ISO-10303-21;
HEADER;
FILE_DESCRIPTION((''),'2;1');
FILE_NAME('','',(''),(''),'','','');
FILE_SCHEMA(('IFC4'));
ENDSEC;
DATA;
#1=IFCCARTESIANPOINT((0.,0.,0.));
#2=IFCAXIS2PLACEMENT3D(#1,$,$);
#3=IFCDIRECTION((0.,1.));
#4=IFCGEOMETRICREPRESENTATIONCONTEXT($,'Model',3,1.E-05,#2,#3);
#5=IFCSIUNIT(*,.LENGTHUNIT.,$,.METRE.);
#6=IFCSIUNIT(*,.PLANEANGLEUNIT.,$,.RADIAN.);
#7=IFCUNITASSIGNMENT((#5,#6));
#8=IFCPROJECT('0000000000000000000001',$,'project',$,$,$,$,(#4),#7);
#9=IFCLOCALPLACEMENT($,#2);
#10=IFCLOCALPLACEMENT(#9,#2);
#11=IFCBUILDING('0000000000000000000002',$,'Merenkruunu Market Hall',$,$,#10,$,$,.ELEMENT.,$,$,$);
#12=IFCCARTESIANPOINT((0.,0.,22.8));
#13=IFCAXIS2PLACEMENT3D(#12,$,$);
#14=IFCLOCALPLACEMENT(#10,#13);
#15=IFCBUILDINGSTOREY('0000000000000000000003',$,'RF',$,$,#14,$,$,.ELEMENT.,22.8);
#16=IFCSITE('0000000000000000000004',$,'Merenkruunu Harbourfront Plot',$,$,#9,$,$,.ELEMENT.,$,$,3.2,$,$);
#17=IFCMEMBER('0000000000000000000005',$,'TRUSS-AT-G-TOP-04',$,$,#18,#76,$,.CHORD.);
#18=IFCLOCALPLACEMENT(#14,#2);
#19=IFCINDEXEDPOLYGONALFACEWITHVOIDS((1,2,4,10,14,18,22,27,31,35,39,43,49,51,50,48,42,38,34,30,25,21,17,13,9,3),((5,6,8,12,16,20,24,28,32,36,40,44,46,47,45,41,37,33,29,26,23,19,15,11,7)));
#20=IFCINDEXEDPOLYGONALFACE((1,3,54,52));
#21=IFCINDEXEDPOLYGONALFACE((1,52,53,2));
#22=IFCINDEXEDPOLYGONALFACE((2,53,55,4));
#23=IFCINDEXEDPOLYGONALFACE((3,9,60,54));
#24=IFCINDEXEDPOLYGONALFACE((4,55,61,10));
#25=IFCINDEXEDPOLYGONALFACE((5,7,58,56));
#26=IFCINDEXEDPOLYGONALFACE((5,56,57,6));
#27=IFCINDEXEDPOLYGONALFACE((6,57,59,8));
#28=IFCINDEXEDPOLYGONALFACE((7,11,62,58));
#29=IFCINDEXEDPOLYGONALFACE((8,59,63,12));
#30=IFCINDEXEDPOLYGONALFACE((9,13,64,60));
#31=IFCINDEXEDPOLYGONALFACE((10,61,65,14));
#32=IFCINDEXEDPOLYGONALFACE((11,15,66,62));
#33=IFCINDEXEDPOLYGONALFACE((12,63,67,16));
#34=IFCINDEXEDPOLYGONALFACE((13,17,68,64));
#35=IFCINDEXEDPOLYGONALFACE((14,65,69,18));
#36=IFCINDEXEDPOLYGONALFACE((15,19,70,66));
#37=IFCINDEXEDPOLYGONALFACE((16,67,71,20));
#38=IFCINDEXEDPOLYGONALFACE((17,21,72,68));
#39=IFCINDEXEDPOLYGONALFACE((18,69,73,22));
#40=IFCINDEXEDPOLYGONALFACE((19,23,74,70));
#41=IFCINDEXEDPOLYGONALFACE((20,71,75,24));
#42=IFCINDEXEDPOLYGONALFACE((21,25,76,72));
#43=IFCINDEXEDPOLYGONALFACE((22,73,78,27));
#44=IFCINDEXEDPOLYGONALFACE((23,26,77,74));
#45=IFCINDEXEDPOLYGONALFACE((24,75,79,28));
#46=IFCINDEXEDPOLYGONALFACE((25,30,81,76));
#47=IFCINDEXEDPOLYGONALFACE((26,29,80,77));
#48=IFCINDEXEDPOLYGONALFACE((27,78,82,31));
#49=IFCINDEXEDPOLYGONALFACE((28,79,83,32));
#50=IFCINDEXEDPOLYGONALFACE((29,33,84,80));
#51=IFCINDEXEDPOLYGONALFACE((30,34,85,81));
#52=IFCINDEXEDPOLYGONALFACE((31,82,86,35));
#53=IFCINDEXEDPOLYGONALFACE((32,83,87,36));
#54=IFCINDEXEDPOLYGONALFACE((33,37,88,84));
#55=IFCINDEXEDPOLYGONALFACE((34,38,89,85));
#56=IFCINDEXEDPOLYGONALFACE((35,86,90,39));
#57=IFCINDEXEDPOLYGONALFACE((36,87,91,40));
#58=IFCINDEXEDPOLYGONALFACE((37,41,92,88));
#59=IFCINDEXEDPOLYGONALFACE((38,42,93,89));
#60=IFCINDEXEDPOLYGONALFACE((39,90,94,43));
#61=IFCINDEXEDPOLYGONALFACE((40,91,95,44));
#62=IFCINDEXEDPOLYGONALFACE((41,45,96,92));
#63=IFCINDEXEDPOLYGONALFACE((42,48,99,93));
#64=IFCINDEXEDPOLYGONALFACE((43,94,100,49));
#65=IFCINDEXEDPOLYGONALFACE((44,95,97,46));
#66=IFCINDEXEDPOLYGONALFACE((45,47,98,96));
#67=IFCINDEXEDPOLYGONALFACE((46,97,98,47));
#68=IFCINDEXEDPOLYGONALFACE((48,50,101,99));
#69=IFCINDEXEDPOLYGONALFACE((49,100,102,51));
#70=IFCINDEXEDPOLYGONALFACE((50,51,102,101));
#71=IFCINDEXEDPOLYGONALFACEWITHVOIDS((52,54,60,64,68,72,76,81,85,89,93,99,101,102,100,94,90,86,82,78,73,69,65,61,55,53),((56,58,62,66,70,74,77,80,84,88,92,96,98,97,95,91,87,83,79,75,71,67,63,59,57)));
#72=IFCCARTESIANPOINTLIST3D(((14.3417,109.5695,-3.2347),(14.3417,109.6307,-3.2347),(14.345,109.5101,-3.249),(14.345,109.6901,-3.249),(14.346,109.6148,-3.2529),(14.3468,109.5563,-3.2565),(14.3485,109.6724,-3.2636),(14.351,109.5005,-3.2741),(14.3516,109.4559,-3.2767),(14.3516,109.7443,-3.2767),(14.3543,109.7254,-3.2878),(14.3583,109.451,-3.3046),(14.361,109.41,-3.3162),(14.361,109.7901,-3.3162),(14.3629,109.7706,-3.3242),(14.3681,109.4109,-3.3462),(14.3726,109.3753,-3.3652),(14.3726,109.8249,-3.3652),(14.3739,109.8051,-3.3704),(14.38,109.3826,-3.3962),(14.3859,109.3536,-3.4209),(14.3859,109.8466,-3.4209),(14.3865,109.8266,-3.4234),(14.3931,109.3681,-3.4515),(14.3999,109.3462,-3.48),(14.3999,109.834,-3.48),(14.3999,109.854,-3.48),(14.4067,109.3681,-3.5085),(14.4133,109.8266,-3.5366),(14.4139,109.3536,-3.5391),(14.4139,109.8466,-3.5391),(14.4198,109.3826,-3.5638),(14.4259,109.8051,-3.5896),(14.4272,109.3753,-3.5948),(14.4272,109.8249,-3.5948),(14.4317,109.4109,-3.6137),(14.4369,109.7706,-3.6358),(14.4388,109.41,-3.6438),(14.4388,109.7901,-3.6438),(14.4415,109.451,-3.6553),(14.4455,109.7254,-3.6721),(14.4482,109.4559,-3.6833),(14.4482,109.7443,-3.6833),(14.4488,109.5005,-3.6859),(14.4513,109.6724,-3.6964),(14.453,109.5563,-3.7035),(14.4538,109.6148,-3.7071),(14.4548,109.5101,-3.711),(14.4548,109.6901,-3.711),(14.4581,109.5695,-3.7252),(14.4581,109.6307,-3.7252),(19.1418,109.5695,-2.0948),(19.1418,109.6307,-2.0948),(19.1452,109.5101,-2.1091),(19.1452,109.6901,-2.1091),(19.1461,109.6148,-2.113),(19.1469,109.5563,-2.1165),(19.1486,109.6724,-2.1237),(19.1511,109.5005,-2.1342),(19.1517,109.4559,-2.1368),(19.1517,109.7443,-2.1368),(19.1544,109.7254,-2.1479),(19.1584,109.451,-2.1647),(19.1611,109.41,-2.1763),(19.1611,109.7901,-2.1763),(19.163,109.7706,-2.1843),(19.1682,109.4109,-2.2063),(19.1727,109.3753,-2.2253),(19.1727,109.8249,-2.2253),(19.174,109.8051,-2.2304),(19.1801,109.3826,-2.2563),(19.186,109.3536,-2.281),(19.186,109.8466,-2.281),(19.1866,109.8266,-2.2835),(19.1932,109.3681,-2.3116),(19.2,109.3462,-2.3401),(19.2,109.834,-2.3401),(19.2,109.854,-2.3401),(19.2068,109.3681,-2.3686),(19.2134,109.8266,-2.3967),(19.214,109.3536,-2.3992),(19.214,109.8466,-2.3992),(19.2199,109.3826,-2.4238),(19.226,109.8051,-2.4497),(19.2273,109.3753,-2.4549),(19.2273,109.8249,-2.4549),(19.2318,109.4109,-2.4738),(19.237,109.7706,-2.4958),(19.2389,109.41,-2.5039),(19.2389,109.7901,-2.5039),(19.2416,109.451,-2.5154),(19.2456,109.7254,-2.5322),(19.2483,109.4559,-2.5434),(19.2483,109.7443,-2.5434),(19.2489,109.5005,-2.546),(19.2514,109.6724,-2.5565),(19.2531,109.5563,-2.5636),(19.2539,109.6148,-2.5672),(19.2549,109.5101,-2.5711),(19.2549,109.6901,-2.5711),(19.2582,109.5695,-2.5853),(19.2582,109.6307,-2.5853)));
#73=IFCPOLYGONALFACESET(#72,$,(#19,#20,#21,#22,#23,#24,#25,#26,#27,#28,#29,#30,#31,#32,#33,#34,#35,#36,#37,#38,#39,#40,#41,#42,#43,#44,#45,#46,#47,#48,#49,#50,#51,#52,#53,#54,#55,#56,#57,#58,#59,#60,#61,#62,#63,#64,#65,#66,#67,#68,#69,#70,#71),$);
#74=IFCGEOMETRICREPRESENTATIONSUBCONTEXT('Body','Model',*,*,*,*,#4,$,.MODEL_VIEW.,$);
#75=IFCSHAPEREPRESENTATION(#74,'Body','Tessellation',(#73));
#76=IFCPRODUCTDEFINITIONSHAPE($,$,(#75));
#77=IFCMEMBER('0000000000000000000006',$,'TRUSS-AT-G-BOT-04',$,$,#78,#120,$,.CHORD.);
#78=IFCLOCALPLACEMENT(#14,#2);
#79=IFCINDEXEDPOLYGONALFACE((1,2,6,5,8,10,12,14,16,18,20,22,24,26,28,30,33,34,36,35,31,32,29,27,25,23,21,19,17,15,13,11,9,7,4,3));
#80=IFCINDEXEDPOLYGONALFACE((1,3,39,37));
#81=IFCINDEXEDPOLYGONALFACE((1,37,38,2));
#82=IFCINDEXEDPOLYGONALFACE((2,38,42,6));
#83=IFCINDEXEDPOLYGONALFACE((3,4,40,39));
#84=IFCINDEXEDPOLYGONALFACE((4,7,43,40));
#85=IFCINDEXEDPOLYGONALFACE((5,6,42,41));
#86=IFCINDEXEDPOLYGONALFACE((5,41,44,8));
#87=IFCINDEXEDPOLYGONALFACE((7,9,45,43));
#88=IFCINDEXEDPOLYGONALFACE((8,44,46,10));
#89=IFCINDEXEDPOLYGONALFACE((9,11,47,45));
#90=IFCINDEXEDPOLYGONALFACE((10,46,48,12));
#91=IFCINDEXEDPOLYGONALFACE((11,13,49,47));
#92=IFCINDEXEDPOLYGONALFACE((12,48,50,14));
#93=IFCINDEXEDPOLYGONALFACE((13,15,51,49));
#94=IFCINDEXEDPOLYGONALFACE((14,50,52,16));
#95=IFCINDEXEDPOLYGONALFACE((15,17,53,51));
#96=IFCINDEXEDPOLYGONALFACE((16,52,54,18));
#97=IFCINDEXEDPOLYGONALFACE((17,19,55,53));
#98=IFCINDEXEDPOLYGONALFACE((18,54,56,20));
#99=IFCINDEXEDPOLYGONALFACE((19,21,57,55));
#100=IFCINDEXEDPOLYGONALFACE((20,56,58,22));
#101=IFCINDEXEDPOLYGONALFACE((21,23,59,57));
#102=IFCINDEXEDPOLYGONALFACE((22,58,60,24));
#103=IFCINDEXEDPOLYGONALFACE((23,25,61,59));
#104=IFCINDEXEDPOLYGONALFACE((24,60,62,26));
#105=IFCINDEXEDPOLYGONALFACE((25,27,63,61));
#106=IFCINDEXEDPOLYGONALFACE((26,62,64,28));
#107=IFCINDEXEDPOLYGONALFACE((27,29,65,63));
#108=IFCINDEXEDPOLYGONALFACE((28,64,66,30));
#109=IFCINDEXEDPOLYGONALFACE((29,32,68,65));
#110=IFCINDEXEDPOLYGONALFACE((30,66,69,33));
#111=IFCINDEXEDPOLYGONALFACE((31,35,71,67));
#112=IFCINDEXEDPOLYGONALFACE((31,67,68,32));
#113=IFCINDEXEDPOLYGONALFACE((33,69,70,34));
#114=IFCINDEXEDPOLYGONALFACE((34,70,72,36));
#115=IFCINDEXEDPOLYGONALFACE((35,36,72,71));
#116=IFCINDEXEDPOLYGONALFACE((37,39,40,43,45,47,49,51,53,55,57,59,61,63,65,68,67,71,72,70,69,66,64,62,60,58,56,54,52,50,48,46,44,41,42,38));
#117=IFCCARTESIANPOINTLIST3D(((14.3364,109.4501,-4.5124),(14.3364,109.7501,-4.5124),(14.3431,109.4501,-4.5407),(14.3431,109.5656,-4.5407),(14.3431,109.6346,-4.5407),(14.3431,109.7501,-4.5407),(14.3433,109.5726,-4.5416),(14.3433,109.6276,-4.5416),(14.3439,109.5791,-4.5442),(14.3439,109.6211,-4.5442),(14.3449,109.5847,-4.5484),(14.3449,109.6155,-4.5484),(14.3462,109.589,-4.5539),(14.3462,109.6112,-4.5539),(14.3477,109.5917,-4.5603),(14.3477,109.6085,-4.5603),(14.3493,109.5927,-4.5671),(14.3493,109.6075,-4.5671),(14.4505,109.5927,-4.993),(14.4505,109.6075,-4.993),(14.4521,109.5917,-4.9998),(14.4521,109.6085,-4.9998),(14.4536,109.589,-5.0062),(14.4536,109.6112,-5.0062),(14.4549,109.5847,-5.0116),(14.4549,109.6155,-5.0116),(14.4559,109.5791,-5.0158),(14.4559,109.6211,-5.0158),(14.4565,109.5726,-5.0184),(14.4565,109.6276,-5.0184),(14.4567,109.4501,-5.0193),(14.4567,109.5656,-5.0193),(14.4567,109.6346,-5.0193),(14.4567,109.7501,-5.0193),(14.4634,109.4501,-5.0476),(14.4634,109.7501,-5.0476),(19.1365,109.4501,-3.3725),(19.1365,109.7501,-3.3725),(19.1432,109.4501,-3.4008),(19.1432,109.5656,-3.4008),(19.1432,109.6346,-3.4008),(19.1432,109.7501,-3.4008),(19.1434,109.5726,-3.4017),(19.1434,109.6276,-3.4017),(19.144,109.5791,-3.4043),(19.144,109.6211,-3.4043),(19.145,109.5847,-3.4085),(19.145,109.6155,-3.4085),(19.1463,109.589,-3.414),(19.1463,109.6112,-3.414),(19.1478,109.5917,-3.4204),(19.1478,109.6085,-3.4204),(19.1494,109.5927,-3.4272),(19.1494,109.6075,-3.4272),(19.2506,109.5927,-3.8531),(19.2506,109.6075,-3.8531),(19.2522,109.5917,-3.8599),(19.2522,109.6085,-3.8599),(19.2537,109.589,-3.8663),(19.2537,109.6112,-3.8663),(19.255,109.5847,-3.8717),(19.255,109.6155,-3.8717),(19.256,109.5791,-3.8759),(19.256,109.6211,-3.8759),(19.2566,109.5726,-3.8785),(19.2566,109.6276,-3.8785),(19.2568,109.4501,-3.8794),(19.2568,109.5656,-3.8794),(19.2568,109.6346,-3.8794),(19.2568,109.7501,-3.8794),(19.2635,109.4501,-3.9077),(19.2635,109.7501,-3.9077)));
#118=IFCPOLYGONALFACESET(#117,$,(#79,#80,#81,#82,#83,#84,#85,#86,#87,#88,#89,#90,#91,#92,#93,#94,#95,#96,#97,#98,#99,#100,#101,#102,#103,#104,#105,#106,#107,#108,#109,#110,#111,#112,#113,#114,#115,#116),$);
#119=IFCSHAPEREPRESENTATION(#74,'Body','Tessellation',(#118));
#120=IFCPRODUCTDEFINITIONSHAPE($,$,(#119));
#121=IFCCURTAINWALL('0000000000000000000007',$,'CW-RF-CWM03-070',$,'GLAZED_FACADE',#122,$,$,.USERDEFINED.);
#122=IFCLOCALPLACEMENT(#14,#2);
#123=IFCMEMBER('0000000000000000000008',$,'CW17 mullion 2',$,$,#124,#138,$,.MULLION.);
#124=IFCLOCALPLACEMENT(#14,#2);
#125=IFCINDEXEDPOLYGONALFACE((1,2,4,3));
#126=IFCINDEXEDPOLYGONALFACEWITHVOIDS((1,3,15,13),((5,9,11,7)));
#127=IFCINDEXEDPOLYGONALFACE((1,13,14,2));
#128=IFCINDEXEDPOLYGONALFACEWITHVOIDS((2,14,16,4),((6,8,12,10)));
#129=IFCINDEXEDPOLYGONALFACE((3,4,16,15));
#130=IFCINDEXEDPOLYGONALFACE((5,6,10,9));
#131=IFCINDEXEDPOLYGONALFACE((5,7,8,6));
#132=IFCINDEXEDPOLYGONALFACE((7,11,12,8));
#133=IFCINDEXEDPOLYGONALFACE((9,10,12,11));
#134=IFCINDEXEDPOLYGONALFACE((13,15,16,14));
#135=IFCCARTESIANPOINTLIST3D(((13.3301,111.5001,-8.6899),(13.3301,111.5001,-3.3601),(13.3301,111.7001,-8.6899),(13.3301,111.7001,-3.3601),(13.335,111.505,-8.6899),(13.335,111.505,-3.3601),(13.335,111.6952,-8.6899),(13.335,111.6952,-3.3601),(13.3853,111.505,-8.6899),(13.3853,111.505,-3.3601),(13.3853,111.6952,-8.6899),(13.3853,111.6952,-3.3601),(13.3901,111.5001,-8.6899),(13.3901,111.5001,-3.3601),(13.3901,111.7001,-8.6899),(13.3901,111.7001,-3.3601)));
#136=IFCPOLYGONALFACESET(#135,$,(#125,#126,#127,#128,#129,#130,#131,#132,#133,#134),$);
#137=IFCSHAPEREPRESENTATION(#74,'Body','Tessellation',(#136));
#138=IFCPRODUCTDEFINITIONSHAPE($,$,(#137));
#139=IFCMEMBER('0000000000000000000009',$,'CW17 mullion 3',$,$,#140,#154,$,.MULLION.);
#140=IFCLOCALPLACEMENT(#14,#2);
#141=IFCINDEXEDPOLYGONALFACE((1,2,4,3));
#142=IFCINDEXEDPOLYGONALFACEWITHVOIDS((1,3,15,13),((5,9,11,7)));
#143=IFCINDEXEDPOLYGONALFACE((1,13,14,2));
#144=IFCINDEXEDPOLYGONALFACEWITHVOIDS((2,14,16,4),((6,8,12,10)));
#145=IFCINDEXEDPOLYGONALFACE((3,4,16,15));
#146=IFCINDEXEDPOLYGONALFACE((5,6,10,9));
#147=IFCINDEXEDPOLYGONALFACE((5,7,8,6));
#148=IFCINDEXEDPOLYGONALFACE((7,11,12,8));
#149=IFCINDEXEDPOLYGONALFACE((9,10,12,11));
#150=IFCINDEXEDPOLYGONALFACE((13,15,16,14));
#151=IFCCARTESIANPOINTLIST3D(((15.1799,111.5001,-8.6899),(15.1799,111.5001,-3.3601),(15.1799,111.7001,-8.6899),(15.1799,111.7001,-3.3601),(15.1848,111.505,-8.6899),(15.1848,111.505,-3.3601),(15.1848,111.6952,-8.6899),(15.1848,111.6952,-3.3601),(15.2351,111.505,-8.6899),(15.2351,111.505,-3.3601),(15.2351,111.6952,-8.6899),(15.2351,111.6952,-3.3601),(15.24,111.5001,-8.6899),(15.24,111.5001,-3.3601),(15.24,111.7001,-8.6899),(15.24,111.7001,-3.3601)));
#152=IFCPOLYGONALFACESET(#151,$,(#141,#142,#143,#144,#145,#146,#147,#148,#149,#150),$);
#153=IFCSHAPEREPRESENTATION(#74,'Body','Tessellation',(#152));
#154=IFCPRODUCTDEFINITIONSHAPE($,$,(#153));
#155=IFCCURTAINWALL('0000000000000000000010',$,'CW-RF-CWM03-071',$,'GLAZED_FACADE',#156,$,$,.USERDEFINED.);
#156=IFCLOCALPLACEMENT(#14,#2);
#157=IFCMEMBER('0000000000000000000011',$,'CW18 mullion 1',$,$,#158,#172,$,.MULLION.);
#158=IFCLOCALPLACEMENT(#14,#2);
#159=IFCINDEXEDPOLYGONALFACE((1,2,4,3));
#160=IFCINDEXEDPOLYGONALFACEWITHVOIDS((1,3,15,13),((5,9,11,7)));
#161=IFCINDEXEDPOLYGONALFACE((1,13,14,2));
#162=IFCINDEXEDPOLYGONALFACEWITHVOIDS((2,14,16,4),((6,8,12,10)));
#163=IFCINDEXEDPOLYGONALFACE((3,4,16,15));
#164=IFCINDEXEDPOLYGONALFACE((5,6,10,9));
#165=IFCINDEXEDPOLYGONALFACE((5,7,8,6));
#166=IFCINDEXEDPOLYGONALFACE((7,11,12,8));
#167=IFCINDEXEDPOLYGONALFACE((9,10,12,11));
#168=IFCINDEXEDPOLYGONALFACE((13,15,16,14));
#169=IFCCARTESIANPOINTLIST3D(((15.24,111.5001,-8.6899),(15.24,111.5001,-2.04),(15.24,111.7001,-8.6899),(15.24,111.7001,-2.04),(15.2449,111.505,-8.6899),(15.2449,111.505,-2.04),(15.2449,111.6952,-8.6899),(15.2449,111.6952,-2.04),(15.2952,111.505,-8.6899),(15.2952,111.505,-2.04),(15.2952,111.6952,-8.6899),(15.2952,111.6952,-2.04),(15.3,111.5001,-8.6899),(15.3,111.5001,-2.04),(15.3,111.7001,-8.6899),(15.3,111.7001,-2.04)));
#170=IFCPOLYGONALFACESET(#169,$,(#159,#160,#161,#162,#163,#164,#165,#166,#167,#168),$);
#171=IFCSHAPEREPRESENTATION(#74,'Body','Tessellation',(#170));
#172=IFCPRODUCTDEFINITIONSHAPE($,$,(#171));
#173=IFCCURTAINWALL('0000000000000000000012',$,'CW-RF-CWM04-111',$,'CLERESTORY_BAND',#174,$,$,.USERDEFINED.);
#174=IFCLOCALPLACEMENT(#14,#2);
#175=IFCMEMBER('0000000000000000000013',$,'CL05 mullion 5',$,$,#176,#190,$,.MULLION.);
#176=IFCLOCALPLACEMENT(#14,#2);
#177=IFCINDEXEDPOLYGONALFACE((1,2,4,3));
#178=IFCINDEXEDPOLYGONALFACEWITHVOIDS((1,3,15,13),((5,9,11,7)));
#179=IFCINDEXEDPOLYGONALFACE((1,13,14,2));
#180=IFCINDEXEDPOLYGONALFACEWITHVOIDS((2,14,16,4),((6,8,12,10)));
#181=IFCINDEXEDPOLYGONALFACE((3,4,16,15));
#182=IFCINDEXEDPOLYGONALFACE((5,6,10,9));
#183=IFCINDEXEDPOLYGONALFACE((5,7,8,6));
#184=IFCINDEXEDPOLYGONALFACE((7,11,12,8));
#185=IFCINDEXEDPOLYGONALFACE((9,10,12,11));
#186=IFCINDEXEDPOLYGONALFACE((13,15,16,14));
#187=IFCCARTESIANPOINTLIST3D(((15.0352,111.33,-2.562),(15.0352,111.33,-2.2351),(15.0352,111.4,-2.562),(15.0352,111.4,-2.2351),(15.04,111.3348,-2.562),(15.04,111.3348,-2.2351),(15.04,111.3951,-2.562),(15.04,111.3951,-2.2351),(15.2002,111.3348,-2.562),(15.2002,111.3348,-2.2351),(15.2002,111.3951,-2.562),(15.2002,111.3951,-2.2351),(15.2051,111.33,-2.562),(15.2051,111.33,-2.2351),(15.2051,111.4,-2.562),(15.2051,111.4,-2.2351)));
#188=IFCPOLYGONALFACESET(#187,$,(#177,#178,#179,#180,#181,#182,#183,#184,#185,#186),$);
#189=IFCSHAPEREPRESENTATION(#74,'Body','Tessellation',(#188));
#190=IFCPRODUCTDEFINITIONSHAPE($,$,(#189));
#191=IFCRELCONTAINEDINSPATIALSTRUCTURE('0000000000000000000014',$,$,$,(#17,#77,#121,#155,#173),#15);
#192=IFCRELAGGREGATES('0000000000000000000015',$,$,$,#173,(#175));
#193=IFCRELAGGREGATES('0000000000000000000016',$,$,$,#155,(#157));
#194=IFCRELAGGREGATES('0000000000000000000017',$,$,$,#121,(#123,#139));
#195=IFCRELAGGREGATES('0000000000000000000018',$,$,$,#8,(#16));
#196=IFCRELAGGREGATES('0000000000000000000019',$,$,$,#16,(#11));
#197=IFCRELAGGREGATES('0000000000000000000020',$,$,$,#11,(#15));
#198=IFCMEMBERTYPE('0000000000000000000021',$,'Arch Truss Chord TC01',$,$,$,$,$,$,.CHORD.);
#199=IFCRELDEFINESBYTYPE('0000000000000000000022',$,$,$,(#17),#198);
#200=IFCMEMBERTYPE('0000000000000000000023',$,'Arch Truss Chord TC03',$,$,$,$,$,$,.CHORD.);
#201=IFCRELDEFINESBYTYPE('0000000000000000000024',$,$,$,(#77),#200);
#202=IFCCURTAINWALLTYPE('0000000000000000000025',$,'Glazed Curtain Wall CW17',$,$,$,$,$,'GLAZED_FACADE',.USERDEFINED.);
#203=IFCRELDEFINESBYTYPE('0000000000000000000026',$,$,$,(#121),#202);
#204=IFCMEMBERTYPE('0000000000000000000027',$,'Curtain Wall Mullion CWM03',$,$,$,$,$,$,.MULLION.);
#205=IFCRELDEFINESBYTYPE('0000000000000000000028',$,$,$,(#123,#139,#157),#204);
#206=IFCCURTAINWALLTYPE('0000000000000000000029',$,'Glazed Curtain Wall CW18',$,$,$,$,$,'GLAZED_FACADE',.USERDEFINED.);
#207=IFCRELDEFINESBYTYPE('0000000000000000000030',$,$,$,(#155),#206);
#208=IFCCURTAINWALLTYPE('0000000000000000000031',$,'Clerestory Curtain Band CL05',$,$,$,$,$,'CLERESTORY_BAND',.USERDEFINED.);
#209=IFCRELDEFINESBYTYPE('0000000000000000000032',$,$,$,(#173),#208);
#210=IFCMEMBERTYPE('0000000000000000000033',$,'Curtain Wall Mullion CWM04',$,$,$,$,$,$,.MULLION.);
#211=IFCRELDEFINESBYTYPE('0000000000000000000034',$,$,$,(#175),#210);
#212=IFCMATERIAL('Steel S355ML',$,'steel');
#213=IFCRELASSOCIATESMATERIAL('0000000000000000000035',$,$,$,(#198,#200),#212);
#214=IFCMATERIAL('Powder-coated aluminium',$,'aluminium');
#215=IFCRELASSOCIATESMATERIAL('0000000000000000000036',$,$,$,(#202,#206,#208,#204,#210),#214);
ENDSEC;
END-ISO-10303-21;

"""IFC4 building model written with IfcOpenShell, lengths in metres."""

from ifc_helpers import new_model, si_unit, direction, frame, origin, origin_2d, place, context, subcontext, project, spatial, hollow_rectangle, hollow_circle, i_section, extrude, material, material_profile, profile_set, type_object, element, aggregate, save


model = new_model("IFC4")

# Units and contexts
model_context = context("Model", 3, precision=1e-05, world=origin(), true_north=direction((0.0, 1.0)))
body_context = subcontext(model_context, "Body", "Model", "MODEL_VIEW")
ifc_project = project(units=[si_unit("LENGTHUNIT", "METRE"), si_unit("PLANEANGLEUNIT", "RADIAN")], contexts=[model_context])

# Site, building, storey
site_placement = place(None, origin())
site = spatial("IfcSite", under=ifc_project, at=site_placement, Name="Merenkruunu Harbourfront Plot", CompositionType="ELEMENT", RefElevation=3.2)
building_placement = place(site_placement, origin())
building = spatial("IfcBuilding", under=site, at=building_placement, Name="Merenkruunu Market Hall", CompositionType="ELEMENT")
storey_placement = place(building_placement, frame((0.0, 0.0, 22.8)))
storey = spatial("IfcBuildingStorey", under=building, at=storey_placement, Name="RF", CompositionType="ELEMENT", Elevation=22.8)

# Members
ifc_material_1 = material(Name="Steel S355ML", Category="steel")
ifc_material_profile_1 = material_profile(ifc_material_1, hollow_circle(Radius=0.2539, WallThickness=0.02, at=origin_2d()), Name="CHS 508x20")
ifc_profile_set_1 = profile_set([ifc_material_profile_1], Name="Steel S355ML")
member_type_1 = type_object("IfcMemberType", Name="Arch Truss Chord TC01", PredefinedType="CHORD", material=ifc_profile_set_1)
member_1_placement = place(storey_placement, frame((14.3999, 109.6001, -3.48), z_axis=(0.972942, 0.0, 0.23105), x_axis=(0.0, 1.0, 0.0)))
element("IfcMember", 1, at=member_1_placement, inside=storey, type_object=member_type_1, Name="TRUSS-AT-G-TOP-04", PredefinedType="CHORD", context=body_context, shape_type="SweptSolid", body=[
    extrude(hollow_circle(Radius=0.2539, WallThickness=0.02, at=origin_2d()), origin(), (0.0, 0.0, 1.0), 4.9336),
])
ifc_material_profile_2 = material_profile(ifc_material_1, i_section(OverallWidth=0.3, OverallDepth=0.55, WebThickness=0.0149, FlangeThickness=0.0291, FilletRadius=0.0271, at=origin_2d()), Name="HEB 550")
ifc_profile_set_2 = profile_set([ifc_material_profile_2], Name="Steel S355ML")
member_type_2 = type_object("IfcMemberType", Name="Arch Truss Chord TC03", PredefinedType="CHORD", material=ifc_profile_set_2)
member_2_placement = place(storey_placement, frame((14.3999, 109.6001, -4.78), z_axis=(0.972942, 0.0, 0.23105), x_axis=(0.0, 1.0, 0.0)))
element("IfcMember", 2, at=member_2_placement, inside=storey, type_object=member_type_2, Name="TRUSS-AT-G-BOT-04", PredefinedType="CHORD", context=body_context, shape_type="SweptSolid", body=[
    extrude(i_section(OverallWidth=0.3, OverallDepth=0.55, WebThickness=0.0149, FlangeThickness=0.0291, FilletRadius=0.0271, at=origin_2d()), origin(), (0.0, 0.0, 1.0), 4.9336),
])

# Curtain wall, members
ifc_material_2 = material(Name="Powder-coated aluminium", Category="aluminium")
curtain_wall_type_1 = type_object("IfcCurtainWallType", Name="Glazed Curtain Wall CW17", ElementType="GLAZED_FACADE", PredefinedType="USERDEFINED", material=ifc_material_2)
curtain_wall_1_placement = place(storey_placement, origin())
curtain_wall_1 = element("IfcCurtainWall", 3, at=curtain_wall_1_placement, inside=storey, type_object=curtain_wall_type_1, Name="CW-RF-CWM03-070", ObjectType="GLAZED_FACADE", PredefinedType="USERDEFINED")
ifc_material_profile_3 = material_profile(ifc_material_2, hollow_rectangle(XDim=0.0601, YDim=0.2, WallThickness=0.0049, at=origin_2d()), Name="ALU 60x200x5")
ifc_profile_set_3 = profile_set([ifc_material_profile_3], Name="Powder-coated aluminium")
member_type_3 = type_object("IfcMemberType", Name="Curtain Wall Mullion CWM03", PredefinedType="MULLION", material=ifc_profile_set_3)
member_3_placement = place(storey_placement, frame((13.3601, 111.6001, -8.6899), z_axis=(0.0, 0.0, 1.0), x_axis=(1.0, 0.0, 0.0)))
member_3 = element("IfcMember", 4, at=member_3_placement, type_object=member_type_3, Name="CW17 mullion 2", PredefinedType="MULLION", context=body_context, shape_type="SweptSolid", body=[
    extrude(hollow_rectangle(XDim=0.0601, YDim=0.2, WallThickness=0.0049, at=origin_2d()), origin(), (0.0, 0.0, 1.0), 5.3298),
])
member_4_placement = place(storey_placement, frame((15.21, 111.6001, -8.6899), z_axis=(0.0, 0.0, 1.0), x_axis=(1.0, 0.0, 0.0)))
member_4 = element("IfcMember", 5, at=member_4_placement, type_object=member_type_3, Name="CW17 mullion 3", PredefinedType="MULLION", context=body_context, shape_type="SweptSolid", body=[
    extrude(hollow_rectangle(XDim=0.0601, YDim=0.2, WallThickness=0.0049, at=origin_2d()), origin(), (0.0, 0.0, 1.0), 5.3298),
])

# Curtain walls, members
curtain_wall_type_2 = type_object("IfcCurtainWallType", Name="Glazed Curtain Wall CW18", ElementType="GLAZED_FACADE", PredefinedType="USERDEFINED", material=ifc_material_2)
curtain_wall_2_placement = place(storey_placement, origin())
curtain_wall_2 = element("IfcCurtainWall", 6, at=curtain_wall_2_placement, inside=storey, type_object=curtain_wall_type_2, Name="CW-RF-CWM03-071", ObjectType="GLAZED_FACADE", PredefinedType="USERDEFINED")
member_5_placement = place(storey_placement, frame((15.27, 111.6001, -8.6899), z_axis=(0.0, 0.0, 1.0), x_axis=(1.0, 0.0, 0.0)))
member_5 = element("IfcMember", 7, at=member_5_placement, type_object=member_type_3, Name="CW18 mullion 1", PredefinedType="MULLION", context=body_context, shape_type="SweptSolid", body=[
    extrude(hollow_rectangle(XDim=0.0601, YDim=0.2, WallThickness=0.0049, at=origin_2d()), origin(), (0.0, 0.0, 1.0), 6.6499),
])
curtain_wall_type_3 = type_object("IfcCurtainWallType", Name="Clerestory Curtain Band CL05", ElementType="CLERESTORY_BAND", PredefinedType="USERDEFINED", material=ifc_material_2)
curtain_wall_3_placement = place(storey_placement, origin())
curtain_wall_3 = element("IfcCurtainWall", 8, at=curtain_wall_3_placement, inside=storey, type_object=curtain_wall_type_3, Name="CW-RF-CWM04-111", ObjectType="CLERESTORY_BAND", PredefinedType="USERDEFINED")
ifc_material_profile_4 = material_profile(ifc_material_2, hollow_rectangle(XDim=0.0701, YDim=0.1699, WallThickness=0.0049, at=origin_2d()), Name="ALU 70x170x5")
ifc_profile_set_4 = profile_set([ifc_material_profile_4], Name="Powder-coated aluminium")
member_type_4 = type_object("IfcMemberType", Name="Curtain Wall Mullion CWM04", PredefinedType="MULLION", material=ifc_profile_set_4)
member_6_placement = place(storey_placement, frame((15.1201, 111.365, -2.562), z_axis=(0.0, 0.0, 1.0), x_axis=(0.0, 1.0, 0.0)))
member_6 = element("IfcMember", 9, at=member_6_placement, type_object=member_type_4, Name="CL05 mullion 5", PredefinedType="MULLION", context=body_context, shape_type="SweptSolid", body=[
    extrude(hollow_rectangle(XDim=0.0701, YDim=0.1699, WallThickness=0.0049, at=origin_2d()), origin(), (0.0, 0.0, 1.0), 0.3269),
])
aggregate(curtain_wall_3, [member_6])

aggregate(curtain_wall_2, [member_5])

aggregate(curtain_wall_1, [member_3, member_4])

save(model, "model.ifc")
